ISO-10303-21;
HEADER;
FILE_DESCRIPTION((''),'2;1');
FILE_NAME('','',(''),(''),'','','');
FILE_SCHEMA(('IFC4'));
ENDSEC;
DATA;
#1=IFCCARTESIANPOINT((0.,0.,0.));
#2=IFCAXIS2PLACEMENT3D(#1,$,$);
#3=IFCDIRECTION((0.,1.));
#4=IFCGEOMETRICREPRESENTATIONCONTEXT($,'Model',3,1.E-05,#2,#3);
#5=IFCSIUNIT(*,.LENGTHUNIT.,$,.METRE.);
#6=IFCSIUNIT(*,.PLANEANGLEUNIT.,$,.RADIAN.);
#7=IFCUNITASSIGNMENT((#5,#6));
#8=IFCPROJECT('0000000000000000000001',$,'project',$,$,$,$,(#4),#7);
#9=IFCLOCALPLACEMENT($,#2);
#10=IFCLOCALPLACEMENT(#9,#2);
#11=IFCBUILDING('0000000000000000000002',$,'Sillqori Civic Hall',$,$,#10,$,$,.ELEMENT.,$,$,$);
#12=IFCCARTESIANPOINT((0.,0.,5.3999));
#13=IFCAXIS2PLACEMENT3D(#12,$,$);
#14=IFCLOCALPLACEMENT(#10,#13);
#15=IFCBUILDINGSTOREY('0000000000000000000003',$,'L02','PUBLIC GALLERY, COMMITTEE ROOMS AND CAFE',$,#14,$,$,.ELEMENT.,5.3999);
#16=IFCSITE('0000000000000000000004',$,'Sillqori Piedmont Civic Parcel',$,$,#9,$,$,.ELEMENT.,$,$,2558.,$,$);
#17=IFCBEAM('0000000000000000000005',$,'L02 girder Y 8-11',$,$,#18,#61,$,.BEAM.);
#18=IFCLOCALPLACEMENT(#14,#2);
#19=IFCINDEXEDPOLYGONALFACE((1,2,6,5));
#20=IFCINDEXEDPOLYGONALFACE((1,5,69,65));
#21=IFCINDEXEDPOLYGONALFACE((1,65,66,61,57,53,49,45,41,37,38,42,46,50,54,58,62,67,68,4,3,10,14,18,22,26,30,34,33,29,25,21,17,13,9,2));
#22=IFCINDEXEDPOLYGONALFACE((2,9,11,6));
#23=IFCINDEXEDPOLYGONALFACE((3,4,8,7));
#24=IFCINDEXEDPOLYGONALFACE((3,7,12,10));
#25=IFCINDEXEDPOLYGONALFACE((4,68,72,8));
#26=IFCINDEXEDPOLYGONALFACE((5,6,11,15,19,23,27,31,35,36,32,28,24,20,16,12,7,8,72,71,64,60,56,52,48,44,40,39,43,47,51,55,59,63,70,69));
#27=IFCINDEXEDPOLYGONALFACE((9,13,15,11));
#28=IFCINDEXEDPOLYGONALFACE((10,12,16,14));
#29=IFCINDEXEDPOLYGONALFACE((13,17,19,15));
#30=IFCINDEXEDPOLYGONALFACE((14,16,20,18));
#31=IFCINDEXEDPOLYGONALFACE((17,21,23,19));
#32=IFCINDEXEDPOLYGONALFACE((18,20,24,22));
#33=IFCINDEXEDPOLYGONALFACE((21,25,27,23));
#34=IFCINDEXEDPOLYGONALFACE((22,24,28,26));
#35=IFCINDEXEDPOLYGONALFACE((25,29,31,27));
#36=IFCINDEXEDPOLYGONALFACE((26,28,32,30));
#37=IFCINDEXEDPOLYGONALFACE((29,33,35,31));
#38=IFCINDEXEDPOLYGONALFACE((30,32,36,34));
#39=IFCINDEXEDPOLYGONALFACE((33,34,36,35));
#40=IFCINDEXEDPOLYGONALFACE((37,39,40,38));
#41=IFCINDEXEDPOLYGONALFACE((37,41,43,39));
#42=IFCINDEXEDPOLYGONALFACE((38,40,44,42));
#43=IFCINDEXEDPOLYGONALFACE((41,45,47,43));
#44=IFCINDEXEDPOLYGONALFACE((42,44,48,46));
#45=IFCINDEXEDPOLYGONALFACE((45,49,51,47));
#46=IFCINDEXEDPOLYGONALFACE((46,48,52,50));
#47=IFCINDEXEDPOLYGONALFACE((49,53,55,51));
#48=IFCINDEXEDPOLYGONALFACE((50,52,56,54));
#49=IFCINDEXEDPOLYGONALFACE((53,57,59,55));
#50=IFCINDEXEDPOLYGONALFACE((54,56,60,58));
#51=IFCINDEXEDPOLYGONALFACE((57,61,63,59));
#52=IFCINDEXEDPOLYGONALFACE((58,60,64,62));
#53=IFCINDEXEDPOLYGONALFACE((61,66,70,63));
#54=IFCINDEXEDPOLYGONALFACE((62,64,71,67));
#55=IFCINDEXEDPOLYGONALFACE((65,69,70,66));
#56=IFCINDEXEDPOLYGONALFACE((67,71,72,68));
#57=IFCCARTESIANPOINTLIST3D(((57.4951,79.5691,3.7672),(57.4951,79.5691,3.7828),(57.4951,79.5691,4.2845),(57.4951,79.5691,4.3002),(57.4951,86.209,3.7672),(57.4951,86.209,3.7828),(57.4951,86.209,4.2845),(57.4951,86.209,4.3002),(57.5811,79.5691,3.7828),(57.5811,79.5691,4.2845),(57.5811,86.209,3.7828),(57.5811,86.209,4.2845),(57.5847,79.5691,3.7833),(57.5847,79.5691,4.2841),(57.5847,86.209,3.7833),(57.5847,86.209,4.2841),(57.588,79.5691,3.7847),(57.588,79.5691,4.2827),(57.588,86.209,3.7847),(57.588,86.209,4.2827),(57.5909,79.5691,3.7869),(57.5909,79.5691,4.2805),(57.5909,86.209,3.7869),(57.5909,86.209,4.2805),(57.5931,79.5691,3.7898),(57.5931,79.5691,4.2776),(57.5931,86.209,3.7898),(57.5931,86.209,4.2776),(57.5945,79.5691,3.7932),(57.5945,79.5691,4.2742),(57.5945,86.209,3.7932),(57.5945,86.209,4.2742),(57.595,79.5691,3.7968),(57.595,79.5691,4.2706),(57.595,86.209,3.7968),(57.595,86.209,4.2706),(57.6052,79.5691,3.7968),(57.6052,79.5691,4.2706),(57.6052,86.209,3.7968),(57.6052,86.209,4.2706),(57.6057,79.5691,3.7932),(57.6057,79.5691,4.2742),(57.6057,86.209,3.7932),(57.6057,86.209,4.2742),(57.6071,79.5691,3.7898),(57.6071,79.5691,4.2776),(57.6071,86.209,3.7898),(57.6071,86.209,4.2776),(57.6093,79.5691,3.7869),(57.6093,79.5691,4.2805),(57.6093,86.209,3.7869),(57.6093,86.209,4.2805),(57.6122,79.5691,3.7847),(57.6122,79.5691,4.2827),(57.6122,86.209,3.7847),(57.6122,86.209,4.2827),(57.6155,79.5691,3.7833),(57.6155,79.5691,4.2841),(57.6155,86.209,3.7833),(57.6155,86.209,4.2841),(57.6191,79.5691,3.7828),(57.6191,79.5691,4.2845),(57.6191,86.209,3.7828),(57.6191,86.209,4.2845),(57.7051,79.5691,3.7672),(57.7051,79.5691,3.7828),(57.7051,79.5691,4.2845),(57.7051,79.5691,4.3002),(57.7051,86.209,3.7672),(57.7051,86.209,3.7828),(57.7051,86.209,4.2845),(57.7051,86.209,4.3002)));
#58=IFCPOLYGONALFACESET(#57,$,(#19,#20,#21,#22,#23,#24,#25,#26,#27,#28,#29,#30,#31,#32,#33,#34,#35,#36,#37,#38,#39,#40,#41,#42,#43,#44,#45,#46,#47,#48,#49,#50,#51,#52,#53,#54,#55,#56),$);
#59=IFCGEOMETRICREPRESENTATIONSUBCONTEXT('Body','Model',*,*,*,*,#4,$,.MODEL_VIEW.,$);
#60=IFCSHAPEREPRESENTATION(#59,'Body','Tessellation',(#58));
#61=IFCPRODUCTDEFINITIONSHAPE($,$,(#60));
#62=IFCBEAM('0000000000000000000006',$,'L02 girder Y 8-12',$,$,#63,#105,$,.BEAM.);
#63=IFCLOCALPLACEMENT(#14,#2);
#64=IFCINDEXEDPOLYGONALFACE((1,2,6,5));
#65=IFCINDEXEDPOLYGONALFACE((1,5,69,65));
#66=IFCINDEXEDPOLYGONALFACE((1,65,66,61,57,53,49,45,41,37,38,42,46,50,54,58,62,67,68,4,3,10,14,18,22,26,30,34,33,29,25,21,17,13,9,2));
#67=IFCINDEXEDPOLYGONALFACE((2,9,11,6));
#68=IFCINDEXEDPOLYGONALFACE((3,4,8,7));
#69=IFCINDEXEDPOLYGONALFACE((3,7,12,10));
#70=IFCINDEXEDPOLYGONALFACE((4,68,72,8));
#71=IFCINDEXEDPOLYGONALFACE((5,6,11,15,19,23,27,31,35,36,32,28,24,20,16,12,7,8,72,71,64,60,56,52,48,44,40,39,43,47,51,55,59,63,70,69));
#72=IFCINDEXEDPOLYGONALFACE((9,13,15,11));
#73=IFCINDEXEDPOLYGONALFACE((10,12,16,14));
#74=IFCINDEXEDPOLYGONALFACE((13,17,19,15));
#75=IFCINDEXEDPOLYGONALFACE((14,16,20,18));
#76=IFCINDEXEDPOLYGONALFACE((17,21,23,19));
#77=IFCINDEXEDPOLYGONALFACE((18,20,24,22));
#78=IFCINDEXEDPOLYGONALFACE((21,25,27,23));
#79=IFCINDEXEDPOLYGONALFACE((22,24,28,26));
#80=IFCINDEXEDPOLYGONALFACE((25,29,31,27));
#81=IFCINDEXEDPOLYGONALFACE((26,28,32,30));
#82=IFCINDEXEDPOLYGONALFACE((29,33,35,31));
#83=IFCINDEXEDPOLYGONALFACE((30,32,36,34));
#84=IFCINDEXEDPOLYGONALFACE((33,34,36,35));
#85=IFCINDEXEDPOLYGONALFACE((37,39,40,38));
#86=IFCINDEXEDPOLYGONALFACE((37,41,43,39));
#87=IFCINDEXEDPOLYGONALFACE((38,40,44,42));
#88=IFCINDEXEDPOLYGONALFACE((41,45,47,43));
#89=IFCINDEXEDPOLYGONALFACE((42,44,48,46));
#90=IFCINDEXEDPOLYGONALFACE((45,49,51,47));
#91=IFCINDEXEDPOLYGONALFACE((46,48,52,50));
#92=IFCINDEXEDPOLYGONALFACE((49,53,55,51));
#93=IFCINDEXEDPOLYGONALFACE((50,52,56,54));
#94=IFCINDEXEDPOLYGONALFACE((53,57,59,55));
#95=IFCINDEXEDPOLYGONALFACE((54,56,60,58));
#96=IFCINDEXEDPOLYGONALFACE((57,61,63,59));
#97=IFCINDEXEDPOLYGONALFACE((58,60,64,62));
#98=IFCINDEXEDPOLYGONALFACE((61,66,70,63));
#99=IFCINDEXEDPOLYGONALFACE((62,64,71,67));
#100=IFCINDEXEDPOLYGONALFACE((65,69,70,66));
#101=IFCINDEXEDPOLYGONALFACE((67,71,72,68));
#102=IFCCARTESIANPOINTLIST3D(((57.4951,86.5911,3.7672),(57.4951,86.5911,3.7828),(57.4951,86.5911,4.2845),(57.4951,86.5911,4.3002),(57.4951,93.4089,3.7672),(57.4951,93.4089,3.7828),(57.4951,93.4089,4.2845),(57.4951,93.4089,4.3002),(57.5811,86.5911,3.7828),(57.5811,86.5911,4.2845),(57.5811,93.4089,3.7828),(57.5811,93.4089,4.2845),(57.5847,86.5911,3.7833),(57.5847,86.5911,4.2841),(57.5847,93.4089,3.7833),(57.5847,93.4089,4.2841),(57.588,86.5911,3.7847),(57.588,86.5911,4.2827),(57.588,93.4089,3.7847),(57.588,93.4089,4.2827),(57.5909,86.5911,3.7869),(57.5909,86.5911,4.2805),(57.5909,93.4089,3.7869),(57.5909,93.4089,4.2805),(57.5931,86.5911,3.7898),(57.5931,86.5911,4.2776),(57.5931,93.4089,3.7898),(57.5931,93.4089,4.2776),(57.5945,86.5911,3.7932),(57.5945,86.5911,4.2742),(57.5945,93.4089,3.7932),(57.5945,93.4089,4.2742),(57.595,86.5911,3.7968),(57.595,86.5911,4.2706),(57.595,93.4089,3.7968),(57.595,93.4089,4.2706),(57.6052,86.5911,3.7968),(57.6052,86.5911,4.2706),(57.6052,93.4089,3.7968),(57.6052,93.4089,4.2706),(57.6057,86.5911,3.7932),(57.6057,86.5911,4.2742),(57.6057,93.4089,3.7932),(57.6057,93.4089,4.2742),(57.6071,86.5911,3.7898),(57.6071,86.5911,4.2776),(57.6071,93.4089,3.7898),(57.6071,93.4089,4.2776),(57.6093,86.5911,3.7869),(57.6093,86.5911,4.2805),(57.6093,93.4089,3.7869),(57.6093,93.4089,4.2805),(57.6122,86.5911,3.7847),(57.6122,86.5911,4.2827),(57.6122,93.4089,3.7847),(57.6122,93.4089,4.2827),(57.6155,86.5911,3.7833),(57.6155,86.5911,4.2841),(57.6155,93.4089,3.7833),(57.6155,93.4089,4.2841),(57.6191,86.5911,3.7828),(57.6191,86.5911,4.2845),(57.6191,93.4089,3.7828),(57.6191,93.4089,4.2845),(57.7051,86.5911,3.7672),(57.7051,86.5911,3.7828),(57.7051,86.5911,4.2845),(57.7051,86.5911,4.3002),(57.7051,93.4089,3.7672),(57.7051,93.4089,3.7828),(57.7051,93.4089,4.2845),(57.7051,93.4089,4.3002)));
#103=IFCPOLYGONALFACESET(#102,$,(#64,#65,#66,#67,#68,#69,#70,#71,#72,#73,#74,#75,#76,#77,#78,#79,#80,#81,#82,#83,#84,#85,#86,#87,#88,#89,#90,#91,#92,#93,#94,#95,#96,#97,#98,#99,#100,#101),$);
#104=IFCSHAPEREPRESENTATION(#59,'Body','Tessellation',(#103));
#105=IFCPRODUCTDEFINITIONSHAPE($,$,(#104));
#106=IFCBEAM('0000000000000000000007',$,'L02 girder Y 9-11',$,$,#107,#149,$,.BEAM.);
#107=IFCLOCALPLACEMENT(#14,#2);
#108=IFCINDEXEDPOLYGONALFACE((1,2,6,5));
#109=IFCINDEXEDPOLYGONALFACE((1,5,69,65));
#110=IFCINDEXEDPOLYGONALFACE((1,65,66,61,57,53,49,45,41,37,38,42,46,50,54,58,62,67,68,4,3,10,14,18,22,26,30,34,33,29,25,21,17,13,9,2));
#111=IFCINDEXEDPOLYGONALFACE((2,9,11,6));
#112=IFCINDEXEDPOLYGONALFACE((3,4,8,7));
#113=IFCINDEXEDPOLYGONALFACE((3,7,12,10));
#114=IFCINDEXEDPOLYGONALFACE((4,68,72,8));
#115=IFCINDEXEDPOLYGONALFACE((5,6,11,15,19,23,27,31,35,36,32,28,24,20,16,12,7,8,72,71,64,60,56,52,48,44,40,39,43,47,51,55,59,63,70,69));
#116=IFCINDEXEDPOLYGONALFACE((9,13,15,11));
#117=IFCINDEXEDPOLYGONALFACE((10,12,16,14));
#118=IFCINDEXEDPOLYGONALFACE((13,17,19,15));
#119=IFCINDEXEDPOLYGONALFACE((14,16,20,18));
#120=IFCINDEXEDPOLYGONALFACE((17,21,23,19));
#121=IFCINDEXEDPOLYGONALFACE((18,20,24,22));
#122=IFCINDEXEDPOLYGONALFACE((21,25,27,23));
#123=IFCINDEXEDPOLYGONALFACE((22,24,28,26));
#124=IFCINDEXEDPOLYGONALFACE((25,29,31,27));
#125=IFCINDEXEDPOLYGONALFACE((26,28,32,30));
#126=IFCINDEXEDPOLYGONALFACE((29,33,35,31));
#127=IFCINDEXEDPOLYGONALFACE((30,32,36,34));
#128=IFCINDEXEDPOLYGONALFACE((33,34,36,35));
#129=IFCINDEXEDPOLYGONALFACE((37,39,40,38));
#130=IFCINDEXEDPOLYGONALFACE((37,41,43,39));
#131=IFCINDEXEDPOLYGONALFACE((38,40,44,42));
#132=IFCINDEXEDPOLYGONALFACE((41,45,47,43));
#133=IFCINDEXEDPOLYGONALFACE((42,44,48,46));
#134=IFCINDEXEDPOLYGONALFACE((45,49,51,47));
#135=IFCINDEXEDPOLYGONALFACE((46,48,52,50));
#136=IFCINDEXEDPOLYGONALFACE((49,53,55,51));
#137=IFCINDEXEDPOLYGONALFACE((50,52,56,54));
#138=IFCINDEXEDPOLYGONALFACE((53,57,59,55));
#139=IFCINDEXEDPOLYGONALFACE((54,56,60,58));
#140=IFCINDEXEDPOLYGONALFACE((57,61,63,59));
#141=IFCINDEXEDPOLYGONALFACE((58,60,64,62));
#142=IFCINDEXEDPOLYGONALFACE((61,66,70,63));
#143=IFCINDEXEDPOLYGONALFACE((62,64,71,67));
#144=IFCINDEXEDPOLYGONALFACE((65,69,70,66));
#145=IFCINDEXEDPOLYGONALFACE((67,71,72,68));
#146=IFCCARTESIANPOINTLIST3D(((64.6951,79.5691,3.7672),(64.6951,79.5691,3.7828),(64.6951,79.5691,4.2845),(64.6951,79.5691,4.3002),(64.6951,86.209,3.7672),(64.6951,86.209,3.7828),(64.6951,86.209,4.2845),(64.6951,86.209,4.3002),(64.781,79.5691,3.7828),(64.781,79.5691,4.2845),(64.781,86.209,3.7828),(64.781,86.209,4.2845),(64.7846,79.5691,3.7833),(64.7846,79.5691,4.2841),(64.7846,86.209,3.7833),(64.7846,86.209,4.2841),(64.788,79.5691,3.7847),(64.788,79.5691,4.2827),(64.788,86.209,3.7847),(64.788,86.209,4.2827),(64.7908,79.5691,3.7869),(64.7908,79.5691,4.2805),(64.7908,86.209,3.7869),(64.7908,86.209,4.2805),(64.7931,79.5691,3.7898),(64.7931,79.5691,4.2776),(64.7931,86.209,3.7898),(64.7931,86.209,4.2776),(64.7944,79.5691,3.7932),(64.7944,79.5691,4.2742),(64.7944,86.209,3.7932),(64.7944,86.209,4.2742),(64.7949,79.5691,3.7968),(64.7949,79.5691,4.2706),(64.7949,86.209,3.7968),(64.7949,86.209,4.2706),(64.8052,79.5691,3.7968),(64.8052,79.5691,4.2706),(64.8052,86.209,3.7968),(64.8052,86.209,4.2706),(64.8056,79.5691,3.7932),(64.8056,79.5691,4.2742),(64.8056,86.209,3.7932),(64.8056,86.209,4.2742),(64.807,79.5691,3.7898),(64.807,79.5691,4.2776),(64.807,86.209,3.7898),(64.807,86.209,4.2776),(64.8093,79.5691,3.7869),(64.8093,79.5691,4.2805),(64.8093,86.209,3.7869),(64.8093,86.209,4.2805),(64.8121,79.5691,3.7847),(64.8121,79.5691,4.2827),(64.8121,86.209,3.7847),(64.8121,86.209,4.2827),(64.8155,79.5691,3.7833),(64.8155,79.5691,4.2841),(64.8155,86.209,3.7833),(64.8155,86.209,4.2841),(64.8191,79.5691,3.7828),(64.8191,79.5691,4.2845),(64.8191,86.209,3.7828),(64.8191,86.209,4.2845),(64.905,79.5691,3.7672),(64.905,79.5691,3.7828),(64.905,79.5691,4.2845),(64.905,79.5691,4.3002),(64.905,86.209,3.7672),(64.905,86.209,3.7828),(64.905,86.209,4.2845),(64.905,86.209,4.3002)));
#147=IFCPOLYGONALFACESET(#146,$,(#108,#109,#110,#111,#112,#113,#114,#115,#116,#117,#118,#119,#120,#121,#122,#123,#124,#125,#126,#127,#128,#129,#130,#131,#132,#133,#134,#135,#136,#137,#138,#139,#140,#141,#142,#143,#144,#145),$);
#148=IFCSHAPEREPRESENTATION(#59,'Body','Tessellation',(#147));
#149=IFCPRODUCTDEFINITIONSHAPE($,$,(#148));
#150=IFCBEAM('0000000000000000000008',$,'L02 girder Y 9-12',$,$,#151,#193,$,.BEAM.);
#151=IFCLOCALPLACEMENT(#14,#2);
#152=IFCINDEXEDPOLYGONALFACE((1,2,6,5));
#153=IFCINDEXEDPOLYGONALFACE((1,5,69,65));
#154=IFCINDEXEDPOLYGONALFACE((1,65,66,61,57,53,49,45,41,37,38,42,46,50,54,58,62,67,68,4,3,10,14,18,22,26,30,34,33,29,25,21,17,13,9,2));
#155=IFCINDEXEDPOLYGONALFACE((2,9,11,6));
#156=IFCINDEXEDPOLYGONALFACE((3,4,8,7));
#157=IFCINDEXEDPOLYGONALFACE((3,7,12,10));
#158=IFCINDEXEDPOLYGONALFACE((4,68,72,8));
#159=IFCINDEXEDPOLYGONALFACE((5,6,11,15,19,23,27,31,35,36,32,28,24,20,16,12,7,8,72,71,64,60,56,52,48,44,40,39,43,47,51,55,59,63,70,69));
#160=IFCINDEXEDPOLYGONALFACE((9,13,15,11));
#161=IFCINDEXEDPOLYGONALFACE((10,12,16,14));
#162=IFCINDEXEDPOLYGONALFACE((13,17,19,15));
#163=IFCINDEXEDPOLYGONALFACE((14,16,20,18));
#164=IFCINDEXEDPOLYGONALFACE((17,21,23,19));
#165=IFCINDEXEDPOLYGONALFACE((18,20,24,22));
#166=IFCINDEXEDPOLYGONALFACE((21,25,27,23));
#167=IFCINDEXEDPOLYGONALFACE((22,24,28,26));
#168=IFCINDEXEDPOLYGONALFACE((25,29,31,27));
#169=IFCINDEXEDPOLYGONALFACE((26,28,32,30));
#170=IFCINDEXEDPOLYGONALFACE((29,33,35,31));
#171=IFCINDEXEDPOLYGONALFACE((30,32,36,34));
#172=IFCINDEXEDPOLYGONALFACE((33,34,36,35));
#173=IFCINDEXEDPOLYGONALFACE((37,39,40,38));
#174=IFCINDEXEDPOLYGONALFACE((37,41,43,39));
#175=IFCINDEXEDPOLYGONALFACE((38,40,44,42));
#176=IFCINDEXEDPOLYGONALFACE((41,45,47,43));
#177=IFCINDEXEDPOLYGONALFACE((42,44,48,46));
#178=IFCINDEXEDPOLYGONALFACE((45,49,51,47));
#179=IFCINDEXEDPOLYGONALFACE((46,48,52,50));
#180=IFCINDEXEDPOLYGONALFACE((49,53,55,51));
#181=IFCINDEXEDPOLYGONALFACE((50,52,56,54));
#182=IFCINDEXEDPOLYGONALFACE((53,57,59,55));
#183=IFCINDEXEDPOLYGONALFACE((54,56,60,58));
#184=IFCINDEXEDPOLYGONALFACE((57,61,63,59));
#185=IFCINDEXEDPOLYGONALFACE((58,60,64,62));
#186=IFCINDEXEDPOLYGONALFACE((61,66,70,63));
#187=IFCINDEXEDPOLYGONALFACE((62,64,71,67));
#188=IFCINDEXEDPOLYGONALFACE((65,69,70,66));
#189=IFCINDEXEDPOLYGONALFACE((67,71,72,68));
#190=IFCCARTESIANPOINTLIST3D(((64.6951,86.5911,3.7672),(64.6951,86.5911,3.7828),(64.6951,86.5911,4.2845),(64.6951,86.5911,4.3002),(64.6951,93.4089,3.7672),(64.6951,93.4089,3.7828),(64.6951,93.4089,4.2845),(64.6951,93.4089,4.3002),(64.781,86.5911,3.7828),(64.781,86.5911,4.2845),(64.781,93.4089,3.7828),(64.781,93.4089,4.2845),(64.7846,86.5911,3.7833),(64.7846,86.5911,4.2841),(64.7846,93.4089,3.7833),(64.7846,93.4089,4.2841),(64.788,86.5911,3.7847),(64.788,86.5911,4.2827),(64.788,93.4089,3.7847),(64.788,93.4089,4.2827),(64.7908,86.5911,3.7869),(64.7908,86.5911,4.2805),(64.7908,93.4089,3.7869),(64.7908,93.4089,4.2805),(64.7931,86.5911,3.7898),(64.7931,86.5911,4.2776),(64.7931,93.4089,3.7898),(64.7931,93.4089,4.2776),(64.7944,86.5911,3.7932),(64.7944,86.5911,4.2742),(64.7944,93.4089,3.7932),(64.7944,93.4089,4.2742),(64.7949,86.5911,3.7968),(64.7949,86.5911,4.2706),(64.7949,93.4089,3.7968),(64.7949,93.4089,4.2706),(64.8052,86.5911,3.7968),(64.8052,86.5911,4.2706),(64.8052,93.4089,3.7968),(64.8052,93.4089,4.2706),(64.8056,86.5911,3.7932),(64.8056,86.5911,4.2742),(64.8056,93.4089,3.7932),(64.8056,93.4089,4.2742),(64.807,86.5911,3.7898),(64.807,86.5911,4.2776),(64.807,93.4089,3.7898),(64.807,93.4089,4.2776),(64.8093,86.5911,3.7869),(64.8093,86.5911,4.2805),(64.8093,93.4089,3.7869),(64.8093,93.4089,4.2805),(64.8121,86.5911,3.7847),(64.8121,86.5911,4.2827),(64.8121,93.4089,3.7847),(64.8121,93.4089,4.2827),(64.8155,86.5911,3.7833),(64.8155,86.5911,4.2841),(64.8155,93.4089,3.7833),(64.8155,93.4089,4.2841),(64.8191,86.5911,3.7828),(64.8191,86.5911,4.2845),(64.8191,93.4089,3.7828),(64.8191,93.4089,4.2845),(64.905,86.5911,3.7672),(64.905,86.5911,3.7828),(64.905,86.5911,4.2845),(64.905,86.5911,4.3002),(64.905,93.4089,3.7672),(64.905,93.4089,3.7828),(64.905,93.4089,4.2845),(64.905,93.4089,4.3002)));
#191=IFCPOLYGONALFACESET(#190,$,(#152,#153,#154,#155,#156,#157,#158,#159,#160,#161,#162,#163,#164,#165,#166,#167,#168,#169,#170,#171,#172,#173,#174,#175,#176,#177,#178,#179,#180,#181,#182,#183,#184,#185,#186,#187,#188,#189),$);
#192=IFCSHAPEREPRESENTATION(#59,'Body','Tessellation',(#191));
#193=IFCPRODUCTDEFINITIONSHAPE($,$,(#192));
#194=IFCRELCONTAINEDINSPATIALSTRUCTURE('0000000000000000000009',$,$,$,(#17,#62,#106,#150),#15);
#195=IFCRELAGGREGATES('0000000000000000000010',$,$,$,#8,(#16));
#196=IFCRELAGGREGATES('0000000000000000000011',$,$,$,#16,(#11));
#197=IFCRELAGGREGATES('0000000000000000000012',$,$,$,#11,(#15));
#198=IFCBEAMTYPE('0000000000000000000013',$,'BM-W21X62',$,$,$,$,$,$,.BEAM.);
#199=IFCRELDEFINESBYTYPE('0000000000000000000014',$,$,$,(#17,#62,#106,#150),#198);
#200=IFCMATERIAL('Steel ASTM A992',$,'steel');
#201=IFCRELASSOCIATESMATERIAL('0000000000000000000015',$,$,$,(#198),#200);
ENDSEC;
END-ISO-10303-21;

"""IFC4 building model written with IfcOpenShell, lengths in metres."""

from ifc_helpers import new_model, si_unit, direction, frame, origin, origin_2d, place, context, subcontext, project, spatial, i_section, extrude, material, material_profile, profile_set, type_object, element, save


model = new_model("IFC4")

# Units and contexts
model_context = context("Model", 3, precision=1e-05, world=origin(), true_north=direction((0.0, 1.0)))
body_context = subcontext(model_context, "Body", "Model", "MODEL_VIEW")
ifc_project = project(units=[si_unit("LENGTHUNIT", "METRE"), si_unit("PLANEANGLEUNIT", "RADIAN")], contexts=[model_context])

# Site, building, storey
site_placement = place(None, origin())
site = spatial("IfcSite", under=ifc_project, at=site_placement, Name="Sillqori Piedmont Civic Parcel", CompositionType="ELEMENT", RefElevation=2558.0)
building_placement = place(site_placement, origin())
building = spatial("IfcBuilding", under=site, at=building_placement, Name="Sillqori Civic Hall", CompositionType="ELEMENT")
storey_placement = place(building_placement, frame((0.0, 0.0, 5.3999)))
storey = spatial("IfcBuildingStorey", under=building, at=storey_placement, Name="L02", Description="PUBLIC GALLERY, COMMITTEE ROOMS AND CAFE", CompositionType="ELEMENT", Elevation=5.3999)

# Shared definitions
ifc_material_1 = material(Name="Steel ASTM A992", Category="steel")

# Beams
ifc_material_profile_1 = material_profile(ifc_material_1, i_section(OverallWidth=0.21, OverallDepth=0.533, WebThickness=0.0103, FlangeThickness=0.0156, FilletRadius=0.0139, at=origin_2d()), Name="W21X62")
ifc_profile_set_1 = profile_set([ifc_material_profile_1], Name="Steel ASTM A992")
beam_type_1 = type_object("IfcBeamType", Name="BM-W21X62", PredefinedType="BEAM", material=ifc_profile_set_1)
beam_1_placement = place(storey_placement, frame((57.6001, 79.5691, 4.0337), z_axis=(0.0, 1.0, 0.0), x_axis=(-1.0, 0.0, 0.0)))
element("IfcBeam", 1, at=beam_1_placement, inside=storey, type_object=beam_type_1, Name="L02 girder Y 8-11", PredefinedType="BEAM", context=body_context, shape_type="SweptSolid", body=[
    extrude(i_section(OverallWidth=0.21, OverallDepth=0.533, WebThickness=0.0103, FlangeThickness=0.0156, FilletRadius=0.0139, at=origin_2d()), origin(), (0.0, 0.0, 1.0), 6.6399),
])
beam_2_placement = place(storey_placement, frame((57.6001, 86.5911, 4.0337), z_axis=(0.0, 1.0, 0.0), x_axis=(-1.0, 0.0, 0.0)))
element("IfcBeam", 2, at=beam_2_placement, inside=storey, type_object=beam_type_1, Name="L02 girder Y 8-12", PredefinedType="BEAM", context=body_context, shape_type="SweptSolid", body=[
    extrude(i_section(OverallWidth=0.21, OverallDepth=0.533, WebThickness=0.0103, FlangeThickness=0.0156, FilletRadius=0.0139, at=origin_2d()), origin(), (0.0, 0.0, 1.0), 6.8179),
])
beam_3_placement = place(storey_placement, frame((64.8, 79.5691, 4.0337), z_axis=(0.0, 1.0, 0.0), x_axis=(-1.0, 0.0, 0.0)))
element("IfcBeam", 3, at=beam_3_placement, inside=storey, type_object=beam_type_1, Name="L02 girder Y 9-11", PredefinedType="BEAM", context=body_context, shape_type="SweptSolid", body=[
    extrude(i_section(OverallWidth=0.21, OverallDepth=0.533, WebThickness=0.0103, FlangeThickness=0.0156, FilletRadius=0.0139, at=origin_2d()), origin(), (0.0, 0.0, 1.0), 6.6399),
])
beam_4_placement = place(storey_placement, frame((64.8, 86.5911, 4.0337), z_axis=(0.0, 1.0, 0.0), x_axis=(-1.0, 0.0, 0.0)))
element("IfcBeam", 4, at=beam_4_placement, inside=storey, type_object=beam_type_1, Name="L02 girder Y 9-12", PredefinedType="BEAM", context=body_context, shape_type="SweptSolid", body=[
    extrude(i_section(OverallWidth=0.21, OverallDepth=0.533, WebThickness=0.0103, FlangeThickness=0.0156, FilletRadius=0.0139, at=origin_2d()), origin(), (0.0, 0.0, 1.0), 6.8179),
])

save(model, "model.ifc")
